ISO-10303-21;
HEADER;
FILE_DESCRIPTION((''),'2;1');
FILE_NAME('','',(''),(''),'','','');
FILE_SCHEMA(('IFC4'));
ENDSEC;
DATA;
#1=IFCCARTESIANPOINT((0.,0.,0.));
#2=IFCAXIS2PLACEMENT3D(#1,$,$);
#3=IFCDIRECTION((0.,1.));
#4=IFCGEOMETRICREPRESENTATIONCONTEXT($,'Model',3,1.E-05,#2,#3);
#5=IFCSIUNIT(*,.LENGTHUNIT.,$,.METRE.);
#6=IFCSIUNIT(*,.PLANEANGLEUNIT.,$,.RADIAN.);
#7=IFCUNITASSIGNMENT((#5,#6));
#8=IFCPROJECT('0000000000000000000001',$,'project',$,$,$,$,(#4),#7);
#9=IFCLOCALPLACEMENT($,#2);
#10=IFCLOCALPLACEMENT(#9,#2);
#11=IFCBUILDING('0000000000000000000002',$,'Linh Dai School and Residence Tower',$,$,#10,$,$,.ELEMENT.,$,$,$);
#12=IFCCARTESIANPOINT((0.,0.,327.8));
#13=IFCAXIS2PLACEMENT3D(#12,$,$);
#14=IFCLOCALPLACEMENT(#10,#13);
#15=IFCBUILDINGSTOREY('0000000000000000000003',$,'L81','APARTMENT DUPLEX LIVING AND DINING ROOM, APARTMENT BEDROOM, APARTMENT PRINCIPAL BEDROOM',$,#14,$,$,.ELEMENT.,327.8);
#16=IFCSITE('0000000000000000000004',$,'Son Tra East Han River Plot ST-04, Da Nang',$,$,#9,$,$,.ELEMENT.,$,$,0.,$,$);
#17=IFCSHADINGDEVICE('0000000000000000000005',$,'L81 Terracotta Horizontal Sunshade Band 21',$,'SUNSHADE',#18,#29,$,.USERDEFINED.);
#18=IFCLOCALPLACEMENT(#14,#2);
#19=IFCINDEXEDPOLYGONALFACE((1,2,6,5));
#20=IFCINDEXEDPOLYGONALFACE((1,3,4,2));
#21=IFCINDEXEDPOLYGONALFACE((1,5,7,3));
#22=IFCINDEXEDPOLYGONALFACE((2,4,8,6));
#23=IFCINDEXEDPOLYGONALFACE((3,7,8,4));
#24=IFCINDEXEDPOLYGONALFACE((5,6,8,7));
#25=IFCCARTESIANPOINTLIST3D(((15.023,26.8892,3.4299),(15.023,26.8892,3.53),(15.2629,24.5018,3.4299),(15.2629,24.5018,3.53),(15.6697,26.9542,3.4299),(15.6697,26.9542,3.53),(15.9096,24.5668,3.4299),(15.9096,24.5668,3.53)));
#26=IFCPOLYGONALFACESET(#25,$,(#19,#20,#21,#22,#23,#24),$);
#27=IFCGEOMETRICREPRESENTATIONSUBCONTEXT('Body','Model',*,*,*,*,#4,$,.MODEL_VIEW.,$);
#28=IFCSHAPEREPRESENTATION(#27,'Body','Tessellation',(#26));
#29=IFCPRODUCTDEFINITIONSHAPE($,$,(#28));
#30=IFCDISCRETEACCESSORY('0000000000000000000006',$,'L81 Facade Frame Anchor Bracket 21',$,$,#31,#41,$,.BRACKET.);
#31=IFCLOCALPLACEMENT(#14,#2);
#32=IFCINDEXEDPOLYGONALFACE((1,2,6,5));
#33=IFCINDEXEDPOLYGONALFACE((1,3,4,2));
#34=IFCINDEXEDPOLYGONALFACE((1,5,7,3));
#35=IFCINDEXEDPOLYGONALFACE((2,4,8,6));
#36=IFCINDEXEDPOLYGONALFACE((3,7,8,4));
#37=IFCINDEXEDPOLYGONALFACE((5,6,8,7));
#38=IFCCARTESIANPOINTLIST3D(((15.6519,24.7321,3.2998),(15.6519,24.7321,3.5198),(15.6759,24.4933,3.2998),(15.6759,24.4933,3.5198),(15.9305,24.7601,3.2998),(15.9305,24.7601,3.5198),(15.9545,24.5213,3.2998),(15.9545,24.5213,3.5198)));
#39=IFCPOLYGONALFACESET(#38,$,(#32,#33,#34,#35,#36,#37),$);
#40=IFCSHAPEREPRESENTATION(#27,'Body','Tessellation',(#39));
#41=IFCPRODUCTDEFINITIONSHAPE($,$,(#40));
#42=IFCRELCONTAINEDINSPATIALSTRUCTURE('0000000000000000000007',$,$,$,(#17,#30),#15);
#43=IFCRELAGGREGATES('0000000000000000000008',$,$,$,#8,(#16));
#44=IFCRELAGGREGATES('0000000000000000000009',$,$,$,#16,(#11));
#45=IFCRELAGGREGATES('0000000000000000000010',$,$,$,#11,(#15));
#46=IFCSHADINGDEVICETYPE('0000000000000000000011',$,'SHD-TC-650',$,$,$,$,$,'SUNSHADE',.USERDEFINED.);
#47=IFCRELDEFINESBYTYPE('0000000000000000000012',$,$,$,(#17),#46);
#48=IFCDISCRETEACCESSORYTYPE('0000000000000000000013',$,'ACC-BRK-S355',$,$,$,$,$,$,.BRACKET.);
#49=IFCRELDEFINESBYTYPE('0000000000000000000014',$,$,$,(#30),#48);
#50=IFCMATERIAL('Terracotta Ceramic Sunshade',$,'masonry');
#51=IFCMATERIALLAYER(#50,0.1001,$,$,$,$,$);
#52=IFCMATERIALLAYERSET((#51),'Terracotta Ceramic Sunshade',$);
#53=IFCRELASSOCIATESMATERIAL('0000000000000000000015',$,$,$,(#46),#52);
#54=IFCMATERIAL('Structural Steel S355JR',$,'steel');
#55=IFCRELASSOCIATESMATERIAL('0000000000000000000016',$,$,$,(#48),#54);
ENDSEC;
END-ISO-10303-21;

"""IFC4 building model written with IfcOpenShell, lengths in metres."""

from ifc_helpers import new_model, si_unit, direction, frame, origin, origin_2d, place, context, subcontext, project, spatial, rectangle, extrude, source, transform, mapped, material, layer, layer_set, type_object, element, save


model = new_model("IFC4")

# Units and contexts
model_context = context("Model", 3, precision=1e-05, world=origin(), true_north=direction((0.0, 1.0)))
body_context = subcontext(model_context, "Body", "Model", "MODEL_VIEW")
ifc_project = project(units=[si_unit("LENGTHUNIT", "METRE"), si_unit("PLANEANGLEUNIT", "RADIAN")], contexts=[model_context])

# Site, building, storey
site_placement = place(None, origin())
site = spatial("IfcSite", under=ifc_project, at=site_placement, Name="Son Tra East Han River Plot ST-04, Da Nang", CompositionType="ELEMENT", RefElevation=0.0)
building_placement = place(site_placement, origin())
building = spatial("IfcBuilding", under=site, at=building_placement, Name="Linh Dai School and Residence Tower", CompositionType="ELEMENT")
storey_placement = place(building_placement, frame((0.0, 0.0, 327.8)))
storey = spatial("IfcBuildingStorey", under=building, at=storey_placement, Name="L81", Description="APARTMENT DUPLEX LIVING AND DINING ROOM, APARTMENT BEDROOM, APARTMENT PRINCIPAL BEDROOM", CompositionType="ELEMENT", Elevation=327.8)

# Shared definitions
ifc_material_1 = material(Name="Structural Steel S355JR", Category="steel")

# Shading device
ifc_material_2 = material(Name="Terracotta Ceramic Sunshade", Category="masonry")
ifc_layer_1 = layer(ifc_material_2, 0.1001)
ifc_layer_set_1 = layer_set([ifc_layer_1], Name="Terracotta Ceramic Sunshade")
shading_device_type = type_object("IfcShadingDeviceType", Name="SHD-TC-650", ElementType="SUNSHADE", PredefinedType="USERDEFINED", material=ifc_layer_set_1)
shared_shape_1 = source(origin(), body_context, "Body", "SweptSolid", [
    extrude(rectangle(XDim=2.3994, YDim=0.6499, at=origin_2d()), origin(), (0.0, 0.0, 1.0), 0.1001),
])
shading_device_placement = place(storey_placement, frame((15.4663, 25.728, 3.4299), z_axis=(0.0, 0.0, 1.0), x_axis=(-0.099992, 0.994988, 0.0)))
element("IfcShadingDevice", 1, at=shading_device_placement, inside=storey, type_object=shading_device_type, Name="L81 Terracotta Horizontal Sunshade Band 21", ObjectType="SUNSHADE", PredefinedType="USERDEFINED", context=body_context, shape_type="MappedRepresentation", body=[
    mapped(shared_shape_1, transform((0.0, 0.0, 0.0), x_axis=(1.0, 0.0, 0.0), y_axis=(0.0, 1.0, 0.0), z_axis=(0.0, 0.0, 1.0), scale=1.0)),
])

# Discrete accessory
discrete_accessory_type = type_object("IfcDiscreteAccessoryType", Name="ACC-BRK-S355", PredefinedType="BRACKET", material=ifc_material_1)
shared_shape_2 = source(origin(), body_context, "Body", "SweptSolid", [
    extrude(rectangle(XDim=0.28, YDim=0.24, at=origin_2d()), origin(), (0.0, 0.0, 1.0), 0.22),
])
discrete_accessory_placement = place(storey_placement, frame((15.8032, 24.6267, 3.2998), z_axis=(0.0, 0.0, 1.0), x_axis=(-0.994988, -0.099992, 0.0)))
element("IfcDiscreteAccessory", 2, at=discrete_accessory_placement, inside=storey, type_object=discrete_accessory_type, Name="L81 Facade Frame Anchor Bracket 21", PredefinedType="BRACKET", context=body_context, shape_type="MappedRepresentation", body=[
    mapped(shared_shape_2, transform((0.0, 0.0, 0.0), x_axis=(1.0, 0.0, 0.0), y_axis=(0.0, 1.0, 0.0), z_axis=(0.0, 0.0, 1.0), scale=1.0)),
])

save(model, "model.ifc")
